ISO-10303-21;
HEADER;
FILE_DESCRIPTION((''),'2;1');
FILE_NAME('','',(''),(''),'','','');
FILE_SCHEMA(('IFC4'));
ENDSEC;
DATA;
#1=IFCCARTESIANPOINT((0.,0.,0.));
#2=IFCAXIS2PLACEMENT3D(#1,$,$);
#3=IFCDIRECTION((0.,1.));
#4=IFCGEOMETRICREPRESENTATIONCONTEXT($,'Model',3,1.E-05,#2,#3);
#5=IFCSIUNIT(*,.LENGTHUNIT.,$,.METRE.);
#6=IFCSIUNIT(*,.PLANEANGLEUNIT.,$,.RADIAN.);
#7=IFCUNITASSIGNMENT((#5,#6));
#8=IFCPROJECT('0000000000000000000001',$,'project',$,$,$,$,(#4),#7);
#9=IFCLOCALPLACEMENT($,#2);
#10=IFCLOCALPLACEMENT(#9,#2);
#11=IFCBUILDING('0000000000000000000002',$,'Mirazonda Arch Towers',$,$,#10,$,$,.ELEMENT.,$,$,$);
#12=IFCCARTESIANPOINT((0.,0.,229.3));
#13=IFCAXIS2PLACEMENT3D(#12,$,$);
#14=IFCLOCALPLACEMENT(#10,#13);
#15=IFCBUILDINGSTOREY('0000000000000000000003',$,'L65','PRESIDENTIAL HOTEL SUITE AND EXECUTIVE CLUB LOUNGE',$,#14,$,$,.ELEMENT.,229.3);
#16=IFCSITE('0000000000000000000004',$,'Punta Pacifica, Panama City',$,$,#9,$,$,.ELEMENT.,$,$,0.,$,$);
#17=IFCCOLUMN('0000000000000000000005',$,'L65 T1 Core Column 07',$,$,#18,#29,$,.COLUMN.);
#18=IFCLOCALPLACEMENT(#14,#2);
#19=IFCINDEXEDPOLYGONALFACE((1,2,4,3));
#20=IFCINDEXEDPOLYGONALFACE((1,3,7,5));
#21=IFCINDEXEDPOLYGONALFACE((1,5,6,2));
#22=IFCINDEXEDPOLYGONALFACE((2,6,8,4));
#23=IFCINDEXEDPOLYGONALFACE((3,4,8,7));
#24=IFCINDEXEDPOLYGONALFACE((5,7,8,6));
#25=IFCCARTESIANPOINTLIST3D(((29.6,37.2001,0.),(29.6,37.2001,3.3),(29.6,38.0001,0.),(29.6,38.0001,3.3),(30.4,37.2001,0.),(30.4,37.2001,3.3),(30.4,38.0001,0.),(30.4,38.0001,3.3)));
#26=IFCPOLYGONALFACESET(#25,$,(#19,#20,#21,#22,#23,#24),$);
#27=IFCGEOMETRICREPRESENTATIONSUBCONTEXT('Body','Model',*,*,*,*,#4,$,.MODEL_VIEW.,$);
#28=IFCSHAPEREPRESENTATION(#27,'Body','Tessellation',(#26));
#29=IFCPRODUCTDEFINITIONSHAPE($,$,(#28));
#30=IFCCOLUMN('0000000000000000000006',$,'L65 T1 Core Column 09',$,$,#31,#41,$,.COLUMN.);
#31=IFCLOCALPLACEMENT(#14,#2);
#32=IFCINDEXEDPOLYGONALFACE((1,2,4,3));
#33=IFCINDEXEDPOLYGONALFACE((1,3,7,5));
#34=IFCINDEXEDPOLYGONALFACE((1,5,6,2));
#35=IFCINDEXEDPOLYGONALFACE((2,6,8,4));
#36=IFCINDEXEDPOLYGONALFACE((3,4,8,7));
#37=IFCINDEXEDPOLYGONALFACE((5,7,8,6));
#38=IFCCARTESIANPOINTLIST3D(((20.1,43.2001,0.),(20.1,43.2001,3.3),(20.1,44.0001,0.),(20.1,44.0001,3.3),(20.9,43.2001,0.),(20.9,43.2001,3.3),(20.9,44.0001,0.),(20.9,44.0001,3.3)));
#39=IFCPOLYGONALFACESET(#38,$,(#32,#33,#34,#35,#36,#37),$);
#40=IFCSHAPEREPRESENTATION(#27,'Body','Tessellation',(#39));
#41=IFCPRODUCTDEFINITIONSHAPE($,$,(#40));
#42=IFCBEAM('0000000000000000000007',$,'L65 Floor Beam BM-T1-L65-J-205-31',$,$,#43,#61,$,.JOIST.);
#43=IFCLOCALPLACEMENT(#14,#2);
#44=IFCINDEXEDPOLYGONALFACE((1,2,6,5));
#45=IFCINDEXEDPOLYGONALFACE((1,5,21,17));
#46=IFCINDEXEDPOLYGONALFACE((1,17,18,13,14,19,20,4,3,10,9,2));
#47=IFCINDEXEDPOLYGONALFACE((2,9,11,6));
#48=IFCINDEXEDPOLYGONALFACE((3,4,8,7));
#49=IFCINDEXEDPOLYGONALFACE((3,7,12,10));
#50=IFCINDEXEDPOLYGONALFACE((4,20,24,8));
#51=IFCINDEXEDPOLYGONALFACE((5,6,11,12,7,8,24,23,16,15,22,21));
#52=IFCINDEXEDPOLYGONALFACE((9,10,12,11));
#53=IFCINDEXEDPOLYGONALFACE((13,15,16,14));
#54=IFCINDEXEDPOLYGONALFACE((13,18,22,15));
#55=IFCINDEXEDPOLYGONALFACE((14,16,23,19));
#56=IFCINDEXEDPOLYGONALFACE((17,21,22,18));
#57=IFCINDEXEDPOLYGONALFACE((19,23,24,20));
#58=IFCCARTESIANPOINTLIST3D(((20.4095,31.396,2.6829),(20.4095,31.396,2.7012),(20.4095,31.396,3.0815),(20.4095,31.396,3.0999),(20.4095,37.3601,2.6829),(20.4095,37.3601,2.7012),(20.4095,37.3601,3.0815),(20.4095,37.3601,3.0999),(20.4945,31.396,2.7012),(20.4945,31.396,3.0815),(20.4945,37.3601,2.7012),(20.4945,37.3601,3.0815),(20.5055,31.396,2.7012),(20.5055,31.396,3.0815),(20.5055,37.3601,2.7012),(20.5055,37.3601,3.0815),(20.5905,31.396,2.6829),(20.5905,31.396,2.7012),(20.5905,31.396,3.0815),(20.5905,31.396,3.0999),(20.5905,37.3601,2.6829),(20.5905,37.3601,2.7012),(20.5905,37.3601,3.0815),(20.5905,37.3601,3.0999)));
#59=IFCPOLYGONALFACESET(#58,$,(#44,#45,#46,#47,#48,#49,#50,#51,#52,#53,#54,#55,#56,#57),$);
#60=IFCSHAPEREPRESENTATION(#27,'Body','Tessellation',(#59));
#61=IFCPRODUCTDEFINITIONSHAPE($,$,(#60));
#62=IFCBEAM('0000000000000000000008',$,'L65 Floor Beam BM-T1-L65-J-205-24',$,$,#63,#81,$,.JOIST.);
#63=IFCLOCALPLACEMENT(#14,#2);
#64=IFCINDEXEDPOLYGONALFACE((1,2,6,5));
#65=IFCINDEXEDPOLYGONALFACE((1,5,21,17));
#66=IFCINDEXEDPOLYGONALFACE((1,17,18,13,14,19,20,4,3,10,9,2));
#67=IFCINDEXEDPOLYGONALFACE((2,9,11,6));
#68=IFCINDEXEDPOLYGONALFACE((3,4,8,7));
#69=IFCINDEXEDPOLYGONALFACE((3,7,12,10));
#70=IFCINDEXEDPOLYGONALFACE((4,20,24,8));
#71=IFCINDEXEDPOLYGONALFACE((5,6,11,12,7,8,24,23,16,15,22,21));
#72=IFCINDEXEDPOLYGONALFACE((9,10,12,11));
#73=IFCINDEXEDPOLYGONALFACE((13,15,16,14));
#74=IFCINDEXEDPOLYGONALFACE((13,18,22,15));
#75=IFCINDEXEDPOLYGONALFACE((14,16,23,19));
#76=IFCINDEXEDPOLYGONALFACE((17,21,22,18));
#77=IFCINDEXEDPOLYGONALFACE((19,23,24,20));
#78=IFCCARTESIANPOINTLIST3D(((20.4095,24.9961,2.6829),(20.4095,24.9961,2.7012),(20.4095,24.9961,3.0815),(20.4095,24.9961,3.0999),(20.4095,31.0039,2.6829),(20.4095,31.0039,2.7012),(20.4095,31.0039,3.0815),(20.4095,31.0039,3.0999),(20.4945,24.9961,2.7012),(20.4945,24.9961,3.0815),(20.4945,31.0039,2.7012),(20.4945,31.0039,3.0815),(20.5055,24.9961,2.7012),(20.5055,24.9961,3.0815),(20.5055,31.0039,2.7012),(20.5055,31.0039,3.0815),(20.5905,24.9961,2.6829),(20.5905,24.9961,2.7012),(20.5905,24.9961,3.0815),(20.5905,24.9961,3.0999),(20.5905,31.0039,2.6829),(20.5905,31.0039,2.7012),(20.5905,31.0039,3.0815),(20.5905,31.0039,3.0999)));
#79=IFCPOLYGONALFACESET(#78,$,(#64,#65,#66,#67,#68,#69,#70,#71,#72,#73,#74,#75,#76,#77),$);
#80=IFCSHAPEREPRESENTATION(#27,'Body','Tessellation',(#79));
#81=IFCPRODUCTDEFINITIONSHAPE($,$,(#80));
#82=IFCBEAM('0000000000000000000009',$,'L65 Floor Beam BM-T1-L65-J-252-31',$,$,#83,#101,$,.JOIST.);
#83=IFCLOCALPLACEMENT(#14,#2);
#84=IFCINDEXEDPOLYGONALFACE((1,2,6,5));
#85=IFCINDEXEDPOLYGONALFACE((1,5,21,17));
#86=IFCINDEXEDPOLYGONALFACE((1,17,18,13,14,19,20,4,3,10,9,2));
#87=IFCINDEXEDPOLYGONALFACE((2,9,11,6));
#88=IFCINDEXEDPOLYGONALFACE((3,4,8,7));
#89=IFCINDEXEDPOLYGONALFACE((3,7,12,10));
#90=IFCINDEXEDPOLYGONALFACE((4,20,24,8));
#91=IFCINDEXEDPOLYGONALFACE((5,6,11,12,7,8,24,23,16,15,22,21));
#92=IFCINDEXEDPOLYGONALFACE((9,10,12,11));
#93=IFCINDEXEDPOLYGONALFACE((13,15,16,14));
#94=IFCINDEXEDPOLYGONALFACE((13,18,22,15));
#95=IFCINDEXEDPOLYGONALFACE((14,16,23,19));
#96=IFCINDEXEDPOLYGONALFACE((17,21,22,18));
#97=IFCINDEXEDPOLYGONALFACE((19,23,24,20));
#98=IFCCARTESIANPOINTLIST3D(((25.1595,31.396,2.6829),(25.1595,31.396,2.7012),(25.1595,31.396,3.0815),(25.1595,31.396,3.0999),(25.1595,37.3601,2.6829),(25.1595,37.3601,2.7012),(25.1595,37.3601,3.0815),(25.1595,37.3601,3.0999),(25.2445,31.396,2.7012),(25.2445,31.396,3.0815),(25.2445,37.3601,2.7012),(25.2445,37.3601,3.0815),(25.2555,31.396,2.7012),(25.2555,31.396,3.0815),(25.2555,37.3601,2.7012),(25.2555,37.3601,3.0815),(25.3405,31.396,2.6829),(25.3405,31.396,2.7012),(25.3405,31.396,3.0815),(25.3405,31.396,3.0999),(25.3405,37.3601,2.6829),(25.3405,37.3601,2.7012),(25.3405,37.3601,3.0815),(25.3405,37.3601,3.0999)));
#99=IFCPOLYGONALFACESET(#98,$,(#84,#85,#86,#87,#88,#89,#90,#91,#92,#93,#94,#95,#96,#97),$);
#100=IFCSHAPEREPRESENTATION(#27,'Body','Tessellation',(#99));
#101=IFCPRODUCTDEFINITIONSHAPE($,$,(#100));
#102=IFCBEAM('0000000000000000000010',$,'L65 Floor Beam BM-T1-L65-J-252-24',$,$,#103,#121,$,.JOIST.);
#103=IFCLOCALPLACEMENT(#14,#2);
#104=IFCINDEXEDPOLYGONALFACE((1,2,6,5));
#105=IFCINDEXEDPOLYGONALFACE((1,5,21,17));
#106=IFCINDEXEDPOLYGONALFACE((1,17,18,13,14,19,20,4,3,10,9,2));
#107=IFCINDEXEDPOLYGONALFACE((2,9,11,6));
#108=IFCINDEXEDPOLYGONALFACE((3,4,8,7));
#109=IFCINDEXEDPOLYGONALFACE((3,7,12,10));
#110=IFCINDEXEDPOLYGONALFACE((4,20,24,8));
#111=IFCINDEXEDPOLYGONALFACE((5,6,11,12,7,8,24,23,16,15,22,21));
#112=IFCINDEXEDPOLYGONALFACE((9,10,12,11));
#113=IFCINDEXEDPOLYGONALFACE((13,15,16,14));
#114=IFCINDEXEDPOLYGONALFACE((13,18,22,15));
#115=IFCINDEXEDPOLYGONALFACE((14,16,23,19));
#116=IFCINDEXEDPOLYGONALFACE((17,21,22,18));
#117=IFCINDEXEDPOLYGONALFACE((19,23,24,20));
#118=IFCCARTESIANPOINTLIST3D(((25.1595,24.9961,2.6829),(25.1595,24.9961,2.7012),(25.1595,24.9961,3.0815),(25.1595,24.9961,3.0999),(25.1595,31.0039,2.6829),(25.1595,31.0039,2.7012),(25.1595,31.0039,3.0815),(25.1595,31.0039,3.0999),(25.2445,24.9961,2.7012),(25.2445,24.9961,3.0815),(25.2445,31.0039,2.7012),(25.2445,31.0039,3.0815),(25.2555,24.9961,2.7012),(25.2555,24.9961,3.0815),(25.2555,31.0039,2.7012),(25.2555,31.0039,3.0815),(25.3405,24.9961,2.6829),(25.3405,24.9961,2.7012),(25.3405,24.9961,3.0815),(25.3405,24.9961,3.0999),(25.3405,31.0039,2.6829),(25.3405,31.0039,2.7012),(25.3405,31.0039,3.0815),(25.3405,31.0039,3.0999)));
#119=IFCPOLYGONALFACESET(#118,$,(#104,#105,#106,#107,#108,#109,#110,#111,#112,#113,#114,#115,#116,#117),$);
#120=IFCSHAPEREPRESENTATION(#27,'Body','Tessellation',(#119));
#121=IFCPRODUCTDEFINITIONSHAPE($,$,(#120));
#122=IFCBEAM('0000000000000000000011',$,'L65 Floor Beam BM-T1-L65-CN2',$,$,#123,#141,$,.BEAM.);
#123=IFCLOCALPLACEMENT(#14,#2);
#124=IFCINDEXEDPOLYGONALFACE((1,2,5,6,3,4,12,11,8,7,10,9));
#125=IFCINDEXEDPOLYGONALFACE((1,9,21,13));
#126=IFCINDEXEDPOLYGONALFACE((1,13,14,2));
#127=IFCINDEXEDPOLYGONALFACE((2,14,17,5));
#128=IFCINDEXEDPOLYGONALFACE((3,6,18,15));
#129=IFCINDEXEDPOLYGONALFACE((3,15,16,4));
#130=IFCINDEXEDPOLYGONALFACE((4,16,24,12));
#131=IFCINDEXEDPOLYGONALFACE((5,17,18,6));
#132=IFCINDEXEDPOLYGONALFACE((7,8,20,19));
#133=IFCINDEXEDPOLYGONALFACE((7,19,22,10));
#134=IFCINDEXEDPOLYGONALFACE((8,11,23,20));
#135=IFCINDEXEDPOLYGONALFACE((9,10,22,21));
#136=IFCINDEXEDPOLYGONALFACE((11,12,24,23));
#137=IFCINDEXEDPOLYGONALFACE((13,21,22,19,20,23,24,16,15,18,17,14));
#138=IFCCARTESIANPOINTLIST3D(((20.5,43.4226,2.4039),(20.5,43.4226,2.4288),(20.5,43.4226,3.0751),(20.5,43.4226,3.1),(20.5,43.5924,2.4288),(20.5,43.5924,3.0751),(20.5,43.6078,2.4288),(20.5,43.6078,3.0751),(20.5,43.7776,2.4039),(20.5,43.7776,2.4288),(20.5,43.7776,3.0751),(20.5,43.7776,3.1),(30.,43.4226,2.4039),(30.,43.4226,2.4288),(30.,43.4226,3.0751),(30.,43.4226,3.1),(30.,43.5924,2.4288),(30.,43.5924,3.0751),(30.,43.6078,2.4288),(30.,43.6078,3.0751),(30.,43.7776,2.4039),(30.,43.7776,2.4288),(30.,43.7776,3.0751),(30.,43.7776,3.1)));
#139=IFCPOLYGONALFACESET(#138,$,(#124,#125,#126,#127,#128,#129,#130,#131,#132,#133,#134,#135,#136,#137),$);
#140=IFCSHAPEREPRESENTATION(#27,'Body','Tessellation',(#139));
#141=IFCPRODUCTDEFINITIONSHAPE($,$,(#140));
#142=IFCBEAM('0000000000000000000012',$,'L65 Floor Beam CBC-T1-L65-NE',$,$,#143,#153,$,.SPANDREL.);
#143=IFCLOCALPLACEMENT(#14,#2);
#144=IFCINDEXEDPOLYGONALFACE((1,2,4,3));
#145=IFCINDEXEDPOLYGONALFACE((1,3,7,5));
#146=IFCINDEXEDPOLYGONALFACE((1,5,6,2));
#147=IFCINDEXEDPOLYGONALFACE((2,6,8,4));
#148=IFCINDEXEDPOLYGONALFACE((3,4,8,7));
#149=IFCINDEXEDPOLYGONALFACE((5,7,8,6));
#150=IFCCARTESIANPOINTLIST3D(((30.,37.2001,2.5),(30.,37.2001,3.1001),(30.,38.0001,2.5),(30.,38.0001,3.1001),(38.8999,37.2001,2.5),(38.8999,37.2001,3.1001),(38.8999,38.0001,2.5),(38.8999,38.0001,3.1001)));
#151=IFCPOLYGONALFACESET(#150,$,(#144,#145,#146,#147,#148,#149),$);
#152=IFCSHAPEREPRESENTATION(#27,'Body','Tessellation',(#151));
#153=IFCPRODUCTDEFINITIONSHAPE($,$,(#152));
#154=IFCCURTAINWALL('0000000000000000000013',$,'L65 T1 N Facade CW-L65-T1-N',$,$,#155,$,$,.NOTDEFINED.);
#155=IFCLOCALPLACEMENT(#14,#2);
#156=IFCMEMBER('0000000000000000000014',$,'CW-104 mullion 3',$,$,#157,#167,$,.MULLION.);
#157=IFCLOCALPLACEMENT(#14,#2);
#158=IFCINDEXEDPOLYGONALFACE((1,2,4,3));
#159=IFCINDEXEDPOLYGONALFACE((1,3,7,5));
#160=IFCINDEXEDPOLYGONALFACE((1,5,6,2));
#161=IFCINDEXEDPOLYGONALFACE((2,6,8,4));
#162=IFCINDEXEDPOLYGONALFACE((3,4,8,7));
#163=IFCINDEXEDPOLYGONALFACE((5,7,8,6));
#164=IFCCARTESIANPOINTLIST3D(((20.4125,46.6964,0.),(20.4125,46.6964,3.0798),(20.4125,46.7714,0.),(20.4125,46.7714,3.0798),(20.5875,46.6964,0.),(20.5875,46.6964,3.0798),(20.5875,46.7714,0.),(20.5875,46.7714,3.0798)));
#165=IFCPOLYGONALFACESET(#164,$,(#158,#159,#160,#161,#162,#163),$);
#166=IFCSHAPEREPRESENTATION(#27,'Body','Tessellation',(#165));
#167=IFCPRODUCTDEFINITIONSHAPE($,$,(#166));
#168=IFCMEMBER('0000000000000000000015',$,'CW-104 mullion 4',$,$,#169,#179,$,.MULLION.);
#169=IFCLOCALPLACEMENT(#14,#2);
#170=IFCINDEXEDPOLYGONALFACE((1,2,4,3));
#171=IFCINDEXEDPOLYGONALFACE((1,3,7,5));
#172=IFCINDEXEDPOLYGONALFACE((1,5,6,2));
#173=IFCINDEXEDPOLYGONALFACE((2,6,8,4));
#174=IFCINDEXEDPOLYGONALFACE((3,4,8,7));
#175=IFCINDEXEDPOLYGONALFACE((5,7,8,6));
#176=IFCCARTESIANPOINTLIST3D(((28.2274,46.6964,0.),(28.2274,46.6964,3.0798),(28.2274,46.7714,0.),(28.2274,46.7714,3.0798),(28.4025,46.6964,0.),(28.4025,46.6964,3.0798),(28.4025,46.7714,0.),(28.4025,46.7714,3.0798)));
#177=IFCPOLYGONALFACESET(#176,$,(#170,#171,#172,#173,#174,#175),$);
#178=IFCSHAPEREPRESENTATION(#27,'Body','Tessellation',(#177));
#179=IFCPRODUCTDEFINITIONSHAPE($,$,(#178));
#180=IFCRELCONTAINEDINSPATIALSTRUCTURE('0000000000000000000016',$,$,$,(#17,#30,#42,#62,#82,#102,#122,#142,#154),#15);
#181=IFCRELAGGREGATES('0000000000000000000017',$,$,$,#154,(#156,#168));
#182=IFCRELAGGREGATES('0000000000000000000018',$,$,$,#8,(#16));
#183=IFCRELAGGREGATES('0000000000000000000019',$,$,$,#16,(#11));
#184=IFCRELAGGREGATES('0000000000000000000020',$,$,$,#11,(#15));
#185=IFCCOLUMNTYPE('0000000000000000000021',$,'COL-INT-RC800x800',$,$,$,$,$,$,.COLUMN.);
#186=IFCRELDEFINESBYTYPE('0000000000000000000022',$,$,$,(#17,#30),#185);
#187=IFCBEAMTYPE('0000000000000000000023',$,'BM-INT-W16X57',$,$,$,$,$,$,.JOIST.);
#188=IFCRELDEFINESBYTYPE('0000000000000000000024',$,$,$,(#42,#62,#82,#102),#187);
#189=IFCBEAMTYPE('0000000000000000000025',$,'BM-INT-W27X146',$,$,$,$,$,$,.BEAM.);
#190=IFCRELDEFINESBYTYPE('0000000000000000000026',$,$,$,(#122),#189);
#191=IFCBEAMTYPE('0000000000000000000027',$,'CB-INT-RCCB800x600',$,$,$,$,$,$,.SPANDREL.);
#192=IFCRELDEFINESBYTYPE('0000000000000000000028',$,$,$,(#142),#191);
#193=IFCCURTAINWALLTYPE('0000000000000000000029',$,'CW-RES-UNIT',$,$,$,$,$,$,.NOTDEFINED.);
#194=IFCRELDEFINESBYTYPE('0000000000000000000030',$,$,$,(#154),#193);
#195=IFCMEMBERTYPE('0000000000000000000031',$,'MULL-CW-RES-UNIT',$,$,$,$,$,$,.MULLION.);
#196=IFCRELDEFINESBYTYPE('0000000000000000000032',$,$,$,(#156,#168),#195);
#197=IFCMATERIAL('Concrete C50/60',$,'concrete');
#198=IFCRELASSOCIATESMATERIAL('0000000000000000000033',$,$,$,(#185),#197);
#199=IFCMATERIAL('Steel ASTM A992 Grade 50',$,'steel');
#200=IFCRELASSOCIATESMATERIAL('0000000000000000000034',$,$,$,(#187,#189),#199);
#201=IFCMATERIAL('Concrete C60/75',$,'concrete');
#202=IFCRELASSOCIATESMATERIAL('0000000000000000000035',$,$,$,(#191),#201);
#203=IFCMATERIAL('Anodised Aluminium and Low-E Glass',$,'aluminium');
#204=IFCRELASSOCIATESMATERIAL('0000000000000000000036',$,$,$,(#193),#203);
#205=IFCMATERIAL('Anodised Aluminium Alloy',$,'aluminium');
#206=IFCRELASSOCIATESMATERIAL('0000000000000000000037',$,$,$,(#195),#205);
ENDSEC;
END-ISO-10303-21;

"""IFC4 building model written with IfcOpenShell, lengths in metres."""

from ifc_helpers import new_model, si_unit, direction, frame, origin, origin_2d, place, context, subcontext, project, spatial, rectangle, i_section, extrude, material, material_profile, profile_set, type_object, element, aggregate, save


model = new_model("IFC4")

# Units and contexts
model_context = context("Model", 3, precision=1e-05, world=origin(), true_north=direction((0.0, 1.0)))
body_context = subcontext(model_context, "Body", "Model", "MODEL_VIEW")
ifc_project = project(units=[si_unit("LENGTHUNIT", "METRE"), si_unit("PLANEANGLEUNIT", "RADIAN")], contexts=[model_context])

# Site, building, storey
site_placement = place(None, origin())
site = spatial("IfcSite", under=ifc_project, at=site_placement, Name="Punta Pacifica, Panama City", CompositionType="ELEMENT", RefElevation=0.0)
building_placement = place(site_placement, origin())
building = spatial("IfcBuilding", under=site, at=building_placement, Name="Mirazonda Arch Towers", CompositionType="ELEMENT")
storey_placement = place(building_placement, frame((0.0, 0.0, 229.3)))
storey = spatial("IfcBuildingStorey", under=building, at=storey_placement, Name="L65", Description="PRESIDENTIAL HOTEL SUITE AND EXECUTIVE CLUB LOUNGE", CompositionType="ELEMENT", Elevation=229.3)

# Columns
ifc_material_1 = material(Name="Concrete C50/60", Category="concrete")
ifc_material_profile_1 = material_profile(ifc_material_1, rectangle(XDim=0.8, YDim=0.8, at=origin_2d()), Name="RC800x800")
ifc_profile_set_1 = profile_set([ifc_material_profile_1], Name="Concrete C50/60")
column_type = type_object("IfcColumnType", Name="COL-INT-RC800x800", PredefinedType="COLUMN", material=ifc_profile_set_1)
for number, where, z_axis, x_axis, name in (
    (1, (30.0, 37.6001, 0.0), (0.0, 0.0, 1.0), (1.0, 0.0, 0.0), "L65 T1 Core Column 07"),
    (2, (20.5, 43.6001, 0.0), (0.0, 0.0, 1.0), (1.0, 0.0, 0.0), "L65 T1 Core Column 09"),
):
    element("IfcColumn", number, at=place(storey_placement, frame(where, z_axis=z_axis, x_axis=x_axis)), inside=storey, type_object=column_type, Name=name, PredefinedType="COLUMN", context=body_context, shape_type="SweptSolid", body=[
        extrude(rectangle(XDim=0.8, YDim=0.8, at=origin_2d()), origin(), (0.0, 0.0, 1.0), 3.3),
    ])

# Beams
ifc_material_2 = material(Name="Steel ASTM A992 Grade 50", Category="steel")
ifc_material_profile_2 = material_profile(ifc_material_2, i_section(OverallWidth=0.1809, OverallDepth=0.417, WebThickness=0.011, FlangeThickness=0.0183, at=origin_2d()), Name="W16X57")
ifc_profile_set_2 = profile_set([ifc_material_profile_2], Name="Steel ASTM A992 Grade 50")
beam_type_1 = type_object("IfcBeamType", Name="BM-INT-W16X57", PredefinedType="JOIST", material=ifc_profile_set_2)
beam_1_placement = place(storey_placement, frame((20.5, 31.396, 2.8914), z_axis=(0.0, 1.0, 0.0), x_axis=(-1.0, 0.0, 0.0)))
element("IfcBeam", 3, at=beam_1_placement, inside=storey, type_object=beam_type_1, Name="L65 Floor Beam BM-T1-L65-J-205-31", PredefinedType="JOIST", context=body_context, shape_type="SweptSolid", body=[
    extrude(i_section(OverallWidth=0.1809, OverallDepth=0.417, WebThickness=0.011, FlangeThickness=0.0183, at=origin_2d()), origin(), (0.0, 0.0, 1.0), 5.9641),
])
beam_2_placement = place(storey_placement, frame((20.5, 24.9961, 2.8914), z_axis=(0.0, 1.0, 0.0), x_axis=(-1.0, 0.0, 0.0)))
element("IfcBeam", 4, at=beam_2_placement, inside=storey, type_object=beam_type_1, Name="L65 Floor Beam BM-T1-L65-J-205-24", PredefinedType="JOIST", context=body_context, shape_type="SweptSolid", body=[
    extrude(i_section(OverallWidth=0.1809, OverallDepth=0.417, WebThickness=0.011, FlangeThickness=0.0183, at=origin_2d()), origin(), (0.0, 0.0, 1.0), 6.0078),
])
beam_3_placement = place(storey_placement, frame((25.25, 31.396, 2.8914), z_axis=(0.0, 1.0, 0.0), x_axis=(-1.0, 0.0, 0.0)))
element("IfcBeam", 5, at=beam_3_placement, inside=storey, type_object=beam_type_1, Name="L65 Floor Beam BM-T1-L65-J-252-31", PredefinedType="JOIST", context=body_context, shape_type="SweptSolid", body=[
    extrude(i_section(OverallWidth=0.1809, OverallDepth=0.417, WebThickness=0.011, FlangeThickness=0.0183, at=origin_2d()), origin(), (0.0, 0.0, 1.0), 5.9641),
])
beam_4_placement = place(storey_placement, frame((25.25, 24.9961, 2.8914), z_axis=(0.0, 1.0, 0.0), x_axis=(-1.0, 0.0, 0.0)))
element("IfcBeam", 6, at=beam_4_placement, inside=storey, type_object=beam_type_1, Name="L65 Floor Beam BM-T1-L65-J-252-24", PredefinedType="JOIST", context=body_context, shape_type="SweptSolid", body=[
    extrude(i_section(OverallWidth=0.1809, OverallDepth=0.417, WebThickness=0.011, FlangeThickness=0.0183, at=origin_2d()), origin(), (0.0, 0.0, 1.0), 6.0078),
])
ifc_material_profile_3 = material_profile(ifc_material_2, i_section(OverallWidth=0.355, OverallDepth=0.696, WebThickness=0.0154, FlangeThickness=0.0249, at=origin_2d()), Name="W27X146")
ifc_profile_set_3 = profile_set([ifc_material_profile_3], Name="Steel ASTM A992 Grade 50")
beam_type_2 = type_object("IfcBeamType", Name="BM-INT-W27X146", PredefinedType="BEAM", material=ifc_profile_set_3)
beam_5_placement = place(storey_placement, frame((20.5, 43.6001, 2.752), z_axis=(1.0, 0.0, 0.0), x_axis=(0.0, 1.0, 0.0)))
element("IfcBeam", 7, at=beam_5_placement, inside=storey, type_object=beam_type_2, Name="L65 Floor Beam BM-T1-L65-CN2", PredefinedType="BEAM", context=body_context, shape_type="SweptSolid", body=[
    extrude(i_section(OverallWidth=0.355, OverallDepth=0.696, WebThickness=0.0154, FlangeThickness=0.0249, at=origin_2d()), origin(), (0.0, 0.0, 1.0), 9.5),
])
ifc_material_3 = material(Name="Concrete C60/75", Category="concrete")
ifc_material_profile_4 = material_profile(ifc_material_3, rectangle(XDim=0.8, YDim=0.6001, at=origin_2d()), Name="RCCB800x600")
ifc_profile_set_4 = profile_set([ifc_material_profile_4], Name="Concrete C60/75")
beam_type_3 = type_object("IfcBeamType", Name="CB-INT-RCCB800x600", PredefinedType="SPANDREL", material=ifc_profile_set_4)
beam_6_placement = place(storey_placement, frame((30.0, 37.6001, 2.8), z_axis=(1.0, 0.0, 0.0), x_axis=(0.0, 1.0, 0.0)))
element("IfcBeam", 8, at=beam_6_placement, inside=storey, type_object=beam_type_3, Name="L65 Floor Beam CBC-T1-L65-NE", PredefinedType="SPANDREL", context=body_context, shape_type="SweptSolid", body=[
    extrude(rectangle(XDim=0.8, YDim=0.6001, at=origin_2d()), origin(), (0.0, 0.0, 1.0), 8.8999),
])

# Curtain wall, members
ifc_material_4 = material(Name="Anodised Aluminium and Low-E Glass", Category="aluminium")
curtain_wall_type = type_object("IfcCurtainWallType", Name="CW-RES-UNIT", PredefinedType="NOTDEFINED", material=ifc_material_4)
curtain_wall_placement = place(storey_placement, origin())
curtain_wall = element("IfcCurtainWall", 9, at=curtain_wall_placement, inside=storey, type_object=curtain_wall_type, Name="L65 T1 N Facade CW-L65-T1-N", PredefinedType="NOTDEFINED")
ifc_material_5 = material(Name="Anodised Aluminium Alloy", Category="aluminium")
ifc_material_profile_5 = material_profile(ifc_material_5, rectangle(XDim=0.075, YDim=0.175, at=origin_2d()), Name="ALU-MULL-75x175")
ifc_profile_set_5 = profile_set([ifc_material_profile_5], Name="Anodised Aluminium Alloy")
member_type_1 = type_object("IfcMemberType", Name="MULL-CW-RES-UNIT", PredefinedType="MULLION", material=ifc_profile_set_5)
member_1_placement = place(storey_placement, frame((20.5, 46.7339, 0.0), z_axis=(0.0, 0.0, 1.0), x_axis=(0.0, 1.0, 0.0)))
member_1 = element("IfcMember", 10, at=member_1_placement, type_object=member_type_1, Name="CW-104 mullion 3", PredefinedType="MULLION", context=body_context, shape_type="SweptSolid", body=[
    extrude(rectangle(XDim=0.075, YDim=0.175, at=origin_2d()), origin(), (0.0, 0.0, 1.0), 3.0798),
])
member_2_placement = place(storey_placement, frame((28.3149, 46.7339, 0.0), z_axis=(0.0, 0.0, 1.0), x_axis=(0.0, 1.0, 0.0)))
member_2 = element("IfcMember", 11, at=member_2_placement, type_object=member_type_1, Name="CW-104 mullion 4", PredefinedType="MULLION", context=body_context, shape_type="SweptSolid", body=[
    extrude(rectangle(XDim=0.075, YDim=0.175, at=origin_2d()), origin(), (0.0, 0.0, 1.0), 3.0798),
])
aggregate(curtain_wall, [member_1, member_2])

save(model, "model.ifc")
